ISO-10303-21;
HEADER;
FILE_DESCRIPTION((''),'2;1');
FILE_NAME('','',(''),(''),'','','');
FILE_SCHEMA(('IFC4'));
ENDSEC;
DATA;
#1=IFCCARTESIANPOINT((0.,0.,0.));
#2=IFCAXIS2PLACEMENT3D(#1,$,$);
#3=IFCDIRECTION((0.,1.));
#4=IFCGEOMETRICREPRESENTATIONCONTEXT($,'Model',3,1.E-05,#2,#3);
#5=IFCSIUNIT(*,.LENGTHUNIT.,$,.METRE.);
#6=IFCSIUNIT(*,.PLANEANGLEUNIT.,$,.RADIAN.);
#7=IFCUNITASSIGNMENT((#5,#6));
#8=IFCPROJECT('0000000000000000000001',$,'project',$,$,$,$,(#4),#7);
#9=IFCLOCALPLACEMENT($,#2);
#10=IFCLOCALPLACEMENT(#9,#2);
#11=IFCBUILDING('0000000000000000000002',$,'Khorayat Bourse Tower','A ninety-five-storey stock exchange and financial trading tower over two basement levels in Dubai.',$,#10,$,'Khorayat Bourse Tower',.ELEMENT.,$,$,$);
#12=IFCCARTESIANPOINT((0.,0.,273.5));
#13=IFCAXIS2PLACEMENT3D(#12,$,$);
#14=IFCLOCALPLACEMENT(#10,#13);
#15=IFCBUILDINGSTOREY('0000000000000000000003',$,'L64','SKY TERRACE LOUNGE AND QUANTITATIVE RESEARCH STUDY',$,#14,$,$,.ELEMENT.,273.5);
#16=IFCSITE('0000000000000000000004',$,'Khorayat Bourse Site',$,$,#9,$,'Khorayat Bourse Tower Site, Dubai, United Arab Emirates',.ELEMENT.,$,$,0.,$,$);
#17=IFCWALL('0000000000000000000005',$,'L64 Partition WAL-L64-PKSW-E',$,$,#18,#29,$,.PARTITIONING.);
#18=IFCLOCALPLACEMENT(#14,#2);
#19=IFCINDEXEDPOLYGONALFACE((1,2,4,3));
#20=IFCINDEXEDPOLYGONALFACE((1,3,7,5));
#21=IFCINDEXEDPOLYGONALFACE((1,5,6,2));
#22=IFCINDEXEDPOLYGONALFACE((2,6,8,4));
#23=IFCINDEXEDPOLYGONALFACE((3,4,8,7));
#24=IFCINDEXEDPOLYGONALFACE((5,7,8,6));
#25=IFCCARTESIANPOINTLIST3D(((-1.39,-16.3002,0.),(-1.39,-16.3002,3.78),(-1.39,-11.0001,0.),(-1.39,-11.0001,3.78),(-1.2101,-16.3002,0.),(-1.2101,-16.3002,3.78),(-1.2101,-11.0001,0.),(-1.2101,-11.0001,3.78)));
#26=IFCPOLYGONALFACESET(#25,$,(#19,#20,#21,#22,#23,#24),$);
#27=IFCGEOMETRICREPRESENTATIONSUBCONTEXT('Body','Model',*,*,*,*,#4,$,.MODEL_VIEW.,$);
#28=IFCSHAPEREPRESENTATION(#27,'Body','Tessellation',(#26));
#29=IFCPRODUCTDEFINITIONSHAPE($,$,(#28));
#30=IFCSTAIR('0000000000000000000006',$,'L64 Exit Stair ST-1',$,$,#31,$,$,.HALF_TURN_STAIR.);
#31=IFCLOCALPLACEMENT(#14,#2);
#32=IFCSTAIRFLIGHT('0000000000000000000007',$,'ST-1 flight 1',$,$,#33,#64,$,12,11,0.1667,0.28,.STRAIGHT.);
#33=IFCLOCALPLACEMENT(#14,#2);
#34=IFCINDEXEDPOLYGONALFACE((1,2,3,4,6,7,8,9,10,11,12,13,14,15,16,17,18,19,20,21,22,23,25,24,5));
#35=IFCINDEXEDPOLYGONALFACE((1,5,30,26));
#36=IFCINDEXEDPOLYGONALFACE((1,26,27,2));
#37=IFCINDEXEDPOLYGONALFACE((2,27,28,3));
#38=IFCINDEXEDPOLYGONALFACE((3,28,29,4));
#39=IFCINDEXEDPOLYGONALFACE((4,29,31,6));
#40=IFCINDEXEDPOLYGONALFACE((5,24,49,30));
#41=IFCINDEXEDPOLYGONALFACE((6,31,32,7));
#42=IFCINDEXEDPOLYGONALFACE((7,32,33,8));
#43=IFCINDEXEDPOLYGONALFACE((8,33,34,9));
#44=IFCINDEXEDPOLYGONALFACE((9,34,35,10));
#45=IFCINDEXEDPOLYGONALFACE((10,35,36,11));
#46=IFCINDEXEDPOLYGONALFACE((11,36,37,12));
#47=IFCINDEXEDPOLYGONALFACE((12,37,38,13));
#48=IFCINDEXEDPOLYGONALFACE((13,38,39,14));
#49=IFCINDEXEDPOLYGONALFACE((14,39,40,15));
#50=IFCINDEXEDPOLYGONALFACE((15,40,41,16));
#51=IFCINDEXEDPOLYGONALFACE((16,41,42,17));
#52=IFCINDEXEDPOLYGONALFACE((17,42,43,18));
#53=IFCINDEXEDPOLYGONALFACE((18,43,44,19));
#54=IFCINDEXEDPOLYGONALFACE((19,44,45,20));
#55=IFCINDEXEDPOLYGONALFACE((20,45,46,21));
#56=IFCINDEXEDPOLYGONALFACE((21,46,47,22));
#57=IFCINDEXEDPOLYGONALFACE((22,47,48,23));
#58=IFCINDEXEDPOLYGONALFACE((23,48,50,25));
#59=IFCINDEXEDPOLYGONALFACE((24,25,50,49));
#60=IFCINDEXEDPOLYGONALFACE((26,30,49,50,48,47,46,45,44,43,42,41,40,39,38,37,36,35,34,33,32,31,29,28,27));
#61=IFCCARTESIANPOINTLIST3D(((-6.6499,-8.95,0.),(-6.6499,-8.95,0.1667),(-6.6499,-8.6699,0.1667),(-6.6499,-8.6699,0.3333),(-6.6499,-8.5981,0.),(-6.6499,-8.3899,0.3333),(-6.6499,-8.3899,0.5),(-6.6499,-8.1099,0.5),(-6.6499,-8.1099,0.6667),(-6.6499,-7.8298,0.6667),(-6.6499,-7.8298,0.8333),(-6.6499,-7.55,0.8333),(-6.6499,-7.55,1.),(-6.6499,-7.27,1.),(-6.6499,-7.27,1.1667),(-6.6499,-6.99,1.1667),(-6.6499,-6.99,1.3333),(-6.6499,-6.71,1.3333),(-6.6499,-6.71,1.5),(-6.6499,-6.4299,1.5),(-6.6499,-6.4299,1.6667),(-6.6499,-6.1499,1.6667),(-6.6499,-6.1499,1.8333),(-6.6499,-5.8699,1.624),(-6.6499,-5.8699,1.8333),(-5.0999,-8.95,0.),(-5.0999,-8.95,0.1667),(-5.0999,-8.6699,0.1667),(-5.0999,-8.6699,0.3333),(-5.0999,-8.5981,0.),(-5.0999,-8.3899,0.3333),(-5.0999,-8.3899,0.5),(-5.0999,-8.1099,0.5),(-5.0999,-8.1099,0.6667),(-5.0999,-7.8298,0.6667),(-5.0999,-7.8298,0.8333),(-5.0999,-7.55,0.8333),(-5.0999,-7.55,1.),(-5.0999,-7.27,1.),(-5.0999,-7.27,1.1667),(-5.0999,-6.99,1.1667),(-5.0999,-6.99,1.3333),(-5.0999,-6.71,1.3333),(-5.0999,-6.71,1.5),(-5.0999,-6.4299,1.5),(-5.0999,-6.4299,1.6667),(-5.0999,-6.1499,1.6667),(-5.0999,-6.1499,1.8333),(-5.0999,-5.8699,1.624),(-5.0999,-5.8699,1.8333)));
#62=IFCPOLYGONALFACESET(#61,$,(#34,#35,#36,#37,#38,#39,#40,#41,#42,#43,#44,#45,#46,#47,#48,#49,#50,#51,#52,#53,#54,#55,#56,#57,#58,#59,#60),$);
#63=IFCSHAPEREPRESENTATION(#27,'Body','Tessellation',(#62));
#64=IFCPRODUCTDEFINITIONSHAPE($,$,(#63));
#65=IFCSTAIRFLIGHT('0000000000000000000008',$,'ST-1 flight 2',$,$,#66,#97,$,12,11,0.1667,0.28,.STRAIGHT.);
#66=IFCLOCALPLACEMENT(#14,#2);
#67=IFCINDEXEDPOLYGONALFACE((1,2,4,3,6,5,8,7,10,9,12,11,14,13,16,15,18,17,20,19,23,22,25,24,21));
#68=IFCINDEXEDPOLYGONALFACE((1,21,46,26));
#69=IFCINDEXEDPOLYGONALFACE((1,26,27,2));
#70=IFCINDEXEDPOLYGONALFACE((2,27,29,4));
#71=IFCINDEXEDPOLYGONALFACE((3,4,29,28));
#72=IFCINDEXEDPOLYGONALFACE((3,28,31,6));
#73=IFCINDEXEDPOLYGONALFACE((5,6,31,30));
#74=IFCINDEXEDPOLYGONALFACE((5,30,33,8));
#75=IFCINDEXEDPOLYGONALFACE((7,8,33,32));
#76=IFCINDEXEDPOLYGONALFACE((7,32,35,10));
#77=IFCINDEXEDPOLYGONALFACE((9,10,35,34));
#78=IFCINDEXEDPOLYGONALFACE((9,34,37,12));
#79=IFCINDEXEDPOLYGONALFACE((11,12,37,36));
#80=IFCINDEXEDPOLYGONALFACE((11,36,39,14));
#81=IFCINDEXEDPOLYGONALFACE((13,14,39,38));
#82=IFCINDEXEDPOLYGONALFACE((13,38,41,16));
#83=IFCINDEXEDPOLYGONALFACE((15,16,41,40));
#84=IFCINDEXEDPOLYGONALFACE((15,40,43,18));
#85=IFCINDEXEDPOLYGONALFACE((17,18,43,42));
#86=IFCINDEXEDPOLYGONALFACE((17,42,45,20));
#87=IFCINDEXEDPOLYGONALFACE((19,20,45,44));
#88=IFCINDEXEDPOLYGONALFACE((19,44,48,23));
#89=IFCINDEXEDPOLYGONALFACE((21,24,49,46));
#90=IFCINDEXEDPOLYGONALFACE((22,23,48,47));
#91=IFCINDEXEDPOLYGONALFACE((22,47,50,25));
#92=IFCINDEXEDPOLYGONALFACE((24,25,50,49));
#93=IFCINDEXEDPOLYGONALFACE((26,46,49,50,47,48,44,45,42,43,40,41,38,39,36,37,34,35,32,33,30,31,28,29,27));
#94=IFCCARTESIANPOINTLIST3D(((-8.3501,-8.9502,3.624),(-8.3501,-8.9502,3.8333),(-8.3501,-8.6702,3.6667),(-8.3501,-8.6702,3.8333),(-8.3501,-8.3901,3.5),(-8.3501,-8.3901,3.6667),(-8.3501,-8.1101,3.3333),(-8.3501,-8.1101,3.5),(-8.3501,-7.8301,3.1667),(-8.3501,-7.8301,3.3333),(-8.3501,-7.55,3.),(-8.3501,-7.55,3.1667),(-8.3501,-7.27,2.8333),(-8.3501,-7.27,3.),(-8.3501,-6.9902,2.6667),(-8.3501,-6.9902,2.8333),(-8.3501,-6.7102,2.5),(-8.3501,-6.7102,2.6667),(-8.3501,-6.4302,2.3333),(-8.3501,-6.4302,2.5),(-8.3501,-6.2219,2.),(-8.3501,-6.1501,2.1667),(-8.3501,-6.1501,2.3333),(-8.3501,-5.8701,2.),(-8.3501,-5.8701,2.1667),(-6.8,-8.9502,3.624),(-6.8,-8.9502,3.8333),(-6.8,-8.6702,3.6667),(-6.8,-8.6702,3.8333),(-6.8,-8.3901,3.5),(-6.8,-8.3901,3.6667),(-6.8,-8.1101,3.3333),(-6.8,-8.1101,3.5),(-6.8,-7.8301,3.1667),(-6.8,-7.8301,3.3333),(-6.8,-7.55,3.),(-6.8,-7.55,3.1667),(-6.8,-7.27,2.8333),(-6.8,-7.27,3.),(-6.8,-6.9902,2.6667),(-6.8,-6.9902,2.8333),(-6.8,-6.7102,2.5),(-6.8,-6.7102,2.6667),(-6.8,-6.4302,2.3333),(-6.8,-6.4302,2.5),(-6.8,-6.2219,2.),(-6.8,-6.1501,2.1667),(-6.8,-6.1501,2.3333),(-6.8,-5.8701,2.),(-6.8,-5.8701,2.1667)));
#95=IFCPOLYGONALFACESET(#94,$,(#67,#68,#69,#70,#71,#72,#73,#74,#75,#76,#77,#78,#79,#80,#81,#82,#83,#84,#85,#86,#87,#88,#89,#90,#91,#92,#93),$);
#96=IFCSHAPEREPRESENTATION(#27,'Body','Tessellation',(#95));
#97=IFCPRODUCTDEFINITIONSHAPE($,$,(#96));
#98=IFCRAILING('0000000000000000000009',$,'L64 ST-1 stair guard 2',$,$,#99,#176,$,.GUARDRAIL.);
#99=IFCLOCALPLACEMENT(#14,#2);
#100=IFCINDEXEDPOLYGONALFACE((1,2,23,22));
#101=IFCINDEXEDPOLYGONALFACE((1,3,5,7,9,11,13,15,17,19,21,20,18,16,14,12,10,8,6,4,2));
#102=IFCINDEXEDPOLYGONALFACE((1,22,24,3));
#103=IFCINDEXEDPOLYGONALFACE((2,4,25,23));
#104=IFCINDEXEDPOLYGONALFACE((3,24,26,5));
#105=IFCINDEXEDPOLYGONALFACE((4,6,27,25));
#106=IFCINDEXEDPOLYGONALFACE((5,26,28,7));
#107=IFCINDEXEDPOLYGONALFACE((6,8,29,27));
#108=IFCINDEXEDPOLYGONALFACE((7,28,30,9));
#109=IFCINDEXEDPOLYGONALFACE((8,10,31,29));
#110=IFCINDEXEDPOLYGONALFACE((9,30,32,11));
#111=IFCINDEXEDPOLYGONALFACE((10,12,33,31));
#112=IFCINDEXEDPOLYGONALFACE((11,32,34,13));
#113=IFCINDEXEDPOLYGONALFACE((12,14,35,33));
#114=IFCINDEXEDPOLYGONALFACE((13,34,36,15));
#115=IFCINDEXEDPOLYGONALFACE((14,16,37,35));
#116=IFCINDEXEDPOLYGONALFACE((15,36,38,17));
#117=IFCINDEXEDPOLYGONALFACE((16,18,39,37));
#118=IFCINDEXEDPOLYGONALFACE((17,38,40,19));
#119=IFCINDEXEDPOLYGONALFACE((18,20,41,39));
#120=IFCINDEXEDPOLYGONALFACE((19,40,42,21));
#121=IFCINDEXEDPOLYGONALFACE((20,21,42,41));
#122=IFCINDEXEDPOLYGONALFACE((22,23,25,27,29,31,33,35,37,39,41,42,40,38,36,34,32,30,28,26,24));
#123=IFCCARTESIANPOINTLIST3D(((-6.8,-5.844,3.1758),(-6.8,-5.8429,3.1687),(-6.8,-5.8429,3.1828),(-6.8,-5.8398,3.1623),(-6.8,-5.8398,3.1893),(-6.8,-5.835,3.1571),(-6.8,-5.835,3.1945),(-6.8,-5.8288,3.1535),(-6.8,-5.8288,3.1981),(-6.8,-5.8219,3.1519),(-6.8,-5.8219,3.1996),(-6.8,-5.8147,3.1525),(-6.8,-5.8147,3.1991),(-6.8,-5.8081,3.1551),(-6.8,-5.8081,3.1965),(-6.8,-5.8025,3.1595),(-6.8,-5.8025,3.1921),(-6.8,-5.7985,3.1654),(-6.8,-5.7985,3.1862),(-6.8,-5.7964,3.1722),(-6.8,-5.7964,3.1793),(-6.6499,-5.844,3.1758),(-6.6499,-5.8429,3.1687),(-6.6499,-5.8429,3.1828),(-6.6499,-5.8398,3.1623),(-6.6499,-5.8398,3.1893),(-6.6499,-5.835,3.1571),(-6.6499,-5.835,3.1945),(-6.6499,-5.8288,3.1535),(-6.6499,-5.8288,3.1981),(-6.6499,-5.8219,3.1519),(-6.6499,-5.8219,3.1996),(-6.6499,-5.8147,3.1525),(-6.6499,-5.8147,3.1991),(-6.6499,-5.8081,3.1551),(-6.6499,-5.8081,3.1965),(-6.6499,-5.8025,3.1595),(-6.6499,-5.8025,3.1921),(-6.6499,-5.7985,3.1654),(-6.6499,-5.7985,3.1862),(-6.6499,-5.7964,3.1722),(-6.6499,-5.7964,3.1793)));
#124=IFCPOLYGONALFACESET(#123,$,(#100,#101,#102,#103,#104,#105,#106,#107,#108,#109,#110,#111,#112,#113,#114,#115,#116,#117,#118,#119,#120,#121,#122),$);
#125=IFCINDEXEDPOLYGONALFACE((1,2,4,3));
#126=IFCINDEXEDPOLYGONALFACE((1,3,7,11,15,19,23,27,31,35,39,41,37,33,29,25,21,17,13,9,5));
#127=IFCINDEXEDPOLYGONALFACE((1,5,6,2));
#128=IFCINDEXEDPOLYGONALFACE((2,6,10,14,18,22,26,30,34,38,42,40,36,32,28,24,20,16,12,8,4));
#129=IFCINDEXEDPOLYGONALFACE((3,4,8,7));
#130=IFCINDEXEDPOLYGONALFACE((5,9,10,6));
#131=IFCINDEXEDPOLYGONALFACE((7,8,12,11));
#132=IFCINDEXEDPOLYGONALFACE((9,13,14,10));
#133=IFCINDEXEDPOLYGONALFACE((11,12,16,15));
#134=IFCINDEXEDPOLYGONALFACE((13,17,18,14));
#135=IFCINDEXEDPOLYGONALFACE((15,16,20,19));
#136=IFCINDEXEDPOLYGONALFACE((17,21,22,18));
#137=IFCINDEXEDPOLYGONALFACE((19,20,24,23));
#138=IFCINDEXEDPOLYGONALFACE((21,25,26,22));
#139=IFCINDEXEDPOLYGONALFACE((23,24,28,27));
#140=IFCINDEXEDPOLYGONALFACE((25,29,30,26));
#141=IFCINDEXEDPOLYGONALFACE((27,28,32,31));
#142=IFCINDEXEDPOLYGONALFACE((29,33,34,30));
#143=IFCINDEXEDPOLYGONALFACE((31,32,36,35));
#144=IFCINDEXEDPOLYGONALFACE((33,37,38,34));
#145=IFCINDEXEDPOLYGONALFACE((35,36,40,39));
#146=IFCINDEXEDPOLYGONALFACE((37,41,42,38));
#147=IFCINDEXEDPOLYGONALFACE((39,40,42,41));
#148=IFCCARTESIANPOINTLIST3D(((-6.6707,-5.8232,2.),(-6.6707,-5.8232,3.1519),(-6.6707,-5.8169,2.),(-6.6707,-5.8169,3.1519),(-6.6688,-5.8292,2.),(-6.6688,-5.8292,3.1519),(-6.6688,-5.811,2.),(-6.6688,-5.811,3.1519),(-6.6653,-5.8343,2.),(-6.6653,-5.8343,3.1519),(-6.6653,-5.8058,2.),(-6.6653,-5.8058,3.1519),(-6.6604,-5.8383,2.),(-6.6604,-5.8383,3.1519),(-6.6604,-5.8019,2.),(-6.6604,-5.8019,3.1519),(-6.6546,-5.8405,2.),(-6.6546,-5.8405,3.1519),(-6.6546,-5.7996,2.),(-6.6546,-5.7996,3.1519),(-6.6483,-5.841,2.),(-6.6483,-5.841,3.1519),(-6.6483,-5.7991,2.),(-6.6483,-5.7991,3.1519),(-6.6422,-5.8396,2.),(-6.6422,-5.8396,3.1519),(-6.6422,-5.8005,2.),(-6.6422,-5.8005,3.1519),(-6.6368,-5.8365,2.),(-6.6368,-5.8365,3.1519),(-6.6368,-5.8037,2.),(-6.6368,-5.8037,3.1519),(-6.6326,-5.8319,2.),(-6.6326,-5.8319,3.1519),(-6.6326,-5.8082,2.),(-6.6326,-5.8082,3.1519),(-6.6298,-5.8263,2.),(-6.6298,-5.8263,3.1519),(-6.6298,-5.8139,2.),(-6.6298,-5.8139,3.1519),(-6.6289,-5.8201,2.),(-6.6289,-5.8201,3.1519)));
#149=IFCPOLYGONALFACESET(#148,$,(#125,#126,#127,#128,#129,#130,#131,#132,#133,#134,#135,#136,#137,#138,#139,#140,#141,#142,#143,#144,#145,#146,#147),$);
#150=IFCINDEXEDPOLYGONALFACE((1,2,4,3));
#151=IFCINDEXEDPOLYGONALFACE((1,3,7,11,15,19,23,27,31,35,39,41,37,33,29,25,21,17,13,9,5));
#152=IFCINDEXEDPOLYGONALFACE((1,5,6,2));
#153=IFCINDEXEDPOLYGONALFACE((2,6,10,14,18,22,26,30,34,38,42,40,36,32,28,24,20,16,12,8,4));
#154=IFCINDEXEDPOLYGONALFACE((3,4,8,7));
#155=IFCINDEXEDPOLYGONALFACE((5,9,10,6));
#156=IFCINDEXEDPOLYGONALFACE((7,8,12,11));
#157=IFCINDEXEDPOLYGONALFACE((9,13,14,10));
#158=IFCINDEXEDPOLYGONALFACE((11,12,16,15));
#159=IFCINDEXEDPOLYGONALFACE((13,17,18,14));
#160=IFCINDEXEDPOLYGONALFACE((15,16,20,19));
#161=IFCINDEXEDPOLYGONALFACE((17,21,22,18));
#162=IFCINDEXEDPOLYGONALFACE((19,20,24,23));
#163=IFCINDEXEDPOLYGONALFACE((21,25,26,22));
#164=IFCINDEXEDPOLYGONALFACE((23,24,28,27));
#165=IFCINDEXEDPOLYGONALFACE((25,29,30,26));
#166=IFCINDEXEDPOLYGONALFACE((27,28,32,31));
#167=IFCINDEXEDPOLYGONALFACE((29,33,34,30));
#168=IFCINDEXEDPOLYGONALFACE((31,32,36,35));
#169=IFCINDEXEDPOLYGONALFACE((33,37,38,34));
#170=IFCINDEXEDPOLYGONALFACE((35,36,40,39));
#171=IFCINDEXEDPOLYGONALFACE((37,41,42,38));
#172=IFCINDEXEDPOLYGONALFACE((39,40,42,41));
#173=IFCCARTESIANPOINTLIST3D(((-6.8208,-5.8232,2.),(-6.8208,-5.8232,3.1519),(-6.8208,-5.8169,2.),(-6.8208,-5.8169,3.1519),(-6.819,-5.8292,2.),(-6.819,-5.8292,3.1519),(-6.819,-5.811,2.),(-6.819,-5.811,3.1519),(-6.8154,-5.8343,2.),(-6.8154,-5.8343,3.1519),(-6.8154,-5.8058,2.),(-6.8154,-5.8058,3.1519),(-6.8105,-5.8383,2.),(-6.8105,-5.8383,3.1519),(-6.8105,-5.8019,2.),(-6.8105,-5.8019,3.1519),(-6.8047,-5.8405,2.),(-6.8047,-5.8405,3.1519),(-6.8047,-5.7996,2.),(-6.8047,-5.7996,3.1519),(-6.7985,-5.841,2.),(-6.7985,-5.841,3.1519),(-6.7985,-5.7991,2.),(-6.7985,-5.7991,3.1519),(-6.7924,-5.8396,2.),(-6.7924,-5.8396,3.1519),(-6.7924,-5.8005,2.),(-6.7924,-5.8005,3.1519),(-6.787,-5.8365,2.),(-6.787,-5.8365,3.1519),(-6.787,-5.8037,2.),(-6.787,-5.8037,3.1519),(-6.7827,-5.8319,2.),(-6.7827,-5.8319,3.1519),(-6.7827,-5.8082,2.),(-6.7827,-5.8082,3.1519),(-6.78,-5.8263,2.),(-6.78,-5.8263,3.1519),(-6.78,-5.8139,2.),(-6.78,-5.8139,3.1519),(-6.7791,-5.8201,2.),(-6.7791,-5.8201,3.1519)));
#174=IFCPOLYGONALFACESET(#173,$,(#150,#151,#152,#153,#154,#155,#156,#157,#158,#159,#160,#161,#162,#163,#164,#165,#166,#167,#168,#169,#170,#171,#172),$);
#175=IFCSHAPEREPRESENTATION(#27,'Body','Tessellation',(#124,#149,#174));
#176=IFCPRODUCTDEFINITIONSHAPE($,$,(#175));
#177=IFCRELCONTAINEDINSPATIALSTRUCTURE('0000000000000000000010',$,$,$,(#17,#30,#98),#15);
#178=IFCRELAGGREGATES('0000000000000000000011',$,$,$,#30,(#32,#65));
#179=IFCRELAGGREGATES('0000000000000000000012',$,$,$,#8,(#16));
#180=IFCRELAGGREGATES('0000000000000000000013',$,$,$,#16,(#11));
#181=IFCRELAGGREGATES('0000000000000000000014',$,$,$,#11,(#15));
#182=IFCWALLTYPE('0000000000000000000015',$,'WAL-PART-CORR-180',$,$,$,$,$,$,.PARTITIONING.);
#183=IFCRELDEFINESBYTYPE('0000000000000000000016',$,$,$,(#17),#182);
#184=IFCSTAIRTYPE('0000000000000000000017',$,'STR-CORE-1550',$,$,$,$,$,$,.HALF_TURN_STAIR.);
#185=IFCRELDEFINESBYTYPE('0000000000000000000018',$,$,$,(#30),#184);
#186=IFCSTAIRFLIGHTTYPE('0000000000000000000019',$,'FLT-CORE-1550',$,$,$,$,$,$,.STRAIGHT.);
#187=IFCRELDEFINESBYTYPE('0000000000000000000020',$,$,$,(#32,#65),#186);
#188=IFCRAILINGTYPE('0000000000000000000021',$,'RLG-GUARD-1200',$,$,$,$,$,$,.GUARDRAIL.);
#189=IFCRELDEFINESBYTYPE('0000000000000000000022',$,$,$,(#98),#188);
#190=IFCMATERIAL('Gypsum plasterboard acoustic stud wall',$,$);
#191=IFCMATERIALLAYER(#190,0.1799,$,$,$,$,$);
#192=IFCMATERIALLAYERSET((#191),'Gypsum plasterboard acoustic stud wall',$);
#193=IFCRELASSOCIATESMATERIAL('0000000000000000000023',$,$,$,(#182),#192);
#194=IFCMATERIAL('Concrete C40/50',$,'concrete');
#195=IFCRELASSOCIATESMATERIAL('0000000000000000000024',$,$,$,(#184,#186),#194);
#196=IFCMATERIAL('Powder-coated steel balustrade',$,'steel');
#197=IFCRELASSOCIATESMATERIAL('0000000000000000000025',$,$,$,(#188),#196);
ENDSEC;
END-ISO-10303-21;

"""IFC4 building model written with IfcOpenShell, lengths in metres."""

from ifc_helpers import new_model, si_unit, direction, frame, frame_2d, origin, origin_2d, place, context, subcontext, project, spatial, polyline, rectangle, circle, outline, extrude, source, transform, mapped, material, layer, layer_set, type_object, element, aggregate, save


model = new_model("IFC4")

# Units and contexts
model_context = context("Model", 3, precision=1e-05, world=origin(), true_north=direction((0.0, 1.0)))
body_context = subcontext(model_context, "Body", "Model", "MODEL_VIEW")
ifc_project = project(units=[si_unit("LENGTHUNIT", "METRE"), si_unit("PLANEANGLEUNIT", "RADIAN")], contexts=[model_context])

# Site, building, storey
site_placement = place(None, origin())
site = spatial("IfcSite", under=ifc_project, at=site_placement, Name="Khorayat Bourse Site", LongName="Khorayat Bourse Tower Site, Dubai, United Arab Emirates", CompositionType="ELEMENT", RefElevation=0.0)
building_placement = place(site_placement, origin())
building = spatial("IfcBuilding", under=site, at=building_placement, Name="Khorayat Bourse Tower", Description="A ninety-five-storey stock exchange and financial trading tower over two basement levels in Dubai.", LongName="Khorayat Bourse Tower", CompositionType="ELEMENT")
storey_placement = place(building_placement, frame((0.0, 0.0, 273.5)))
storey = spatial("IfcBuildingStorey", under=building, at=storey_placement, Name="L64", Description="SKY TERRACE LOUNGE AND QUANTITATIVE RESEARCH STUDY", CompositionType="ELEMENT", Elevation=273.5)

# Shared definitions
ifc_material_1 = material(Name="Gypsum plasterboard acoustic stud wall")
ifc_layer_1 = layer(ifc_material_1, 0.1799)
ifc_layer_set_1 = layer_set([ifc_layer_1], Name="Gypsum plasterboard acoustic stud wall")
wall_type_1 = type_object("IfcWallType", Name="WAL-PART-CORR-180", PredefinedType="PARTITIONING", material=ifc_layer_set_1)

# Wall
shared_shape_1 = source(origin(), body_context, "Body", "SweptSolid", [
    extrude(rectangle(XDim=5.3, YDim=0.1799, at=frame_2d((2.6499, 0.0))), origin(), (0.0, 0.0, 1.0), 3.78),
])
wall_1_placement = place(storey_placement, frame((-1.3, -16.3, 0.0), z_axis=(0.0, 0.0, 1.0), x_axis=(0.0, 1.0, 0.0)))
element("IfcWall", 1, at=wall_1_placement, inside=storey, type_object=wall_type_1, Name="L64 Partition WAL-L64-PKSW-E", PredefinedType="PARTITIONING", context=body_context, shape_type="MappedRepresentation", body=[
    mapped(shared_shape_1, transform((0.0, 0.0, 0.0), scale=1.0)),
])

# Stair, stair flights
ifc_material_2 = material(Name="Concrete C40/50", Category="concrete")
stair_type = type_object("IfcStairType", Name="STR-CORE-1550", PredefinedType="HALF_TURN_STAIR", material=ifc_material_2)
stair_placement = place(storey_placement, origin())
stair = element("IfcStair", 2, at=stair_placement, inside=storey, type_object=stair_type, Name="L64 Exit Stair ST-1", PredefinedType="HALF_TURN_STAIR")
stair_flight_type = type_object("IfcStairFlightType", Name="FLT-CORE-1550", PredefinedType="STRAIGHT", material=ifc_material_2)
shared_shape_2 = source(origin(), body_context, "Body", "SweptSolid", [
    extrude(outline(polyline([(0.0, 0.0), (0.0, 0.1667), (0.28, 0.1667), (0.28, 0.3333), (0.5601, 0.3333), (0.5601, 0.5), (0.8401, 0.5), (0.8401, 0.6667), (1.1201, 0.6667), (1.1201, 0.8333), (1.3999, 0.8333), (1.3999, 1.0), (1.6799, 1.0), (1.6799, 1.1667), (1.96, 1.1667), (1.96, 1.3333), (2.24, 1.3333), (2.24, 1.5), (2.52, 1.5), (2.52, 1.6667), (2.8, 1.6667), (2.8, 1.8333), (3.0801, 1.8333), (3.0801, 2.0), (3.0801, 1.624), (0.3518, 0.0), (0.0, 0.0)])), frame((0.0, 0.7749, 0.0), z_axis=(0.0, -1.0, 0.0), x_axis=(1.0, 0.0, 0.0)), (0.0, 0.0, 1.0), 1.55),
])
stair_flight_1_placement = place(storey_placement, frame((-5.875, -8.95, 0.0), z_axis=(0.0, 0.0, 1.0), x_axis=(0.0, 1.0, 0.0)))
stair_flight_1 = element("IfcStairFlight", 3, at=stair_flight_1_placement, type_object=stair_flight_type, Name="ST-1 flight 1", NumberOfRisers=12, NumberOfTreads=11, PredefinedType="STRAIGHT", RiserHeight=0.1667, TreadLength=0.28, context=body_context, shape_type="MappedRepresentation", body=[
    mapped(shared_shape_2, transform((0.0, 0.0, 0.0), scale=1.0)),
])
stair_flight_2_placement = place(storey_placement, frame((-7.575, -5.8701, 2.0), z_axis=(0.0, 0.0, 1.0), x_axis=(0.0, -1.0, 0.0)))
stair_flight_2 = element("IfcStairFlight", 4, at=stair_flight_2_placement, type_object=stair_flight_type, Name="ST-1 flight 2", NumberOfRisers=12, NumberOfTreads=11, PredefinedType="STRAIGHT", RiserHeight=0.1667, TreadLength=0.28, context=body_context, shape_type="MappedRepresentation", body=[
    mapped(shared_shape_2, transform((0.0, 0.0, 0.0), scale=1.0)),
])
aggregate(stair, [stair_flight_1, stair_flight_2])

# Railing
ifc_material_3 = material(Name="Powder-coated steel balustrade", Category="steel")
railing_type_1 = type_object("IfcRailingType", Name="RLG-GUARD-1200", PredefinedType="GUARDRAIL", material=ifc_material_3)
shared_shape_3 = source(origin(), body_context, "Body", "SweptSolid", [
    extrude(circle(Radius=0.0239, at=origin_2d()), frame((0.0, 0.0, 1.1758), z_axis=(-1.0, 0.0, 0.0), x_axis=(0.0, -1.0, 0.0)), (0.0, 0.0, 1.0), 0.1501),
    extrude(circle(Radius=0.021, at=origin_2d()), origin(), (0.0, 0.0, 1.0), 1.1519),
    extrude(circle(Radius=0.021, at=origin_2d()), frame((-0.1501, 0.0, 0.0)), (0.0, 0.0, 1.0), 1.1519),
])
for number, where, name in (
    (5, (-6.6499, -5.8201, 2.0), "L64 ST-1 stair guard 2"),
):
    element("IfcRailing", number, at=place(storey_placement, frame(where)), inside=storey, type_object=railing_type_1, Name=name, PredefinedType="GUARDRAIL", context=body_context, shape_type="MappedRepresentation", body=[
        mapped(shared_shape_3, transform((0.0, 0.0, 0.0), scale=1.0)),
    ])

save(model, "model.ifc")
